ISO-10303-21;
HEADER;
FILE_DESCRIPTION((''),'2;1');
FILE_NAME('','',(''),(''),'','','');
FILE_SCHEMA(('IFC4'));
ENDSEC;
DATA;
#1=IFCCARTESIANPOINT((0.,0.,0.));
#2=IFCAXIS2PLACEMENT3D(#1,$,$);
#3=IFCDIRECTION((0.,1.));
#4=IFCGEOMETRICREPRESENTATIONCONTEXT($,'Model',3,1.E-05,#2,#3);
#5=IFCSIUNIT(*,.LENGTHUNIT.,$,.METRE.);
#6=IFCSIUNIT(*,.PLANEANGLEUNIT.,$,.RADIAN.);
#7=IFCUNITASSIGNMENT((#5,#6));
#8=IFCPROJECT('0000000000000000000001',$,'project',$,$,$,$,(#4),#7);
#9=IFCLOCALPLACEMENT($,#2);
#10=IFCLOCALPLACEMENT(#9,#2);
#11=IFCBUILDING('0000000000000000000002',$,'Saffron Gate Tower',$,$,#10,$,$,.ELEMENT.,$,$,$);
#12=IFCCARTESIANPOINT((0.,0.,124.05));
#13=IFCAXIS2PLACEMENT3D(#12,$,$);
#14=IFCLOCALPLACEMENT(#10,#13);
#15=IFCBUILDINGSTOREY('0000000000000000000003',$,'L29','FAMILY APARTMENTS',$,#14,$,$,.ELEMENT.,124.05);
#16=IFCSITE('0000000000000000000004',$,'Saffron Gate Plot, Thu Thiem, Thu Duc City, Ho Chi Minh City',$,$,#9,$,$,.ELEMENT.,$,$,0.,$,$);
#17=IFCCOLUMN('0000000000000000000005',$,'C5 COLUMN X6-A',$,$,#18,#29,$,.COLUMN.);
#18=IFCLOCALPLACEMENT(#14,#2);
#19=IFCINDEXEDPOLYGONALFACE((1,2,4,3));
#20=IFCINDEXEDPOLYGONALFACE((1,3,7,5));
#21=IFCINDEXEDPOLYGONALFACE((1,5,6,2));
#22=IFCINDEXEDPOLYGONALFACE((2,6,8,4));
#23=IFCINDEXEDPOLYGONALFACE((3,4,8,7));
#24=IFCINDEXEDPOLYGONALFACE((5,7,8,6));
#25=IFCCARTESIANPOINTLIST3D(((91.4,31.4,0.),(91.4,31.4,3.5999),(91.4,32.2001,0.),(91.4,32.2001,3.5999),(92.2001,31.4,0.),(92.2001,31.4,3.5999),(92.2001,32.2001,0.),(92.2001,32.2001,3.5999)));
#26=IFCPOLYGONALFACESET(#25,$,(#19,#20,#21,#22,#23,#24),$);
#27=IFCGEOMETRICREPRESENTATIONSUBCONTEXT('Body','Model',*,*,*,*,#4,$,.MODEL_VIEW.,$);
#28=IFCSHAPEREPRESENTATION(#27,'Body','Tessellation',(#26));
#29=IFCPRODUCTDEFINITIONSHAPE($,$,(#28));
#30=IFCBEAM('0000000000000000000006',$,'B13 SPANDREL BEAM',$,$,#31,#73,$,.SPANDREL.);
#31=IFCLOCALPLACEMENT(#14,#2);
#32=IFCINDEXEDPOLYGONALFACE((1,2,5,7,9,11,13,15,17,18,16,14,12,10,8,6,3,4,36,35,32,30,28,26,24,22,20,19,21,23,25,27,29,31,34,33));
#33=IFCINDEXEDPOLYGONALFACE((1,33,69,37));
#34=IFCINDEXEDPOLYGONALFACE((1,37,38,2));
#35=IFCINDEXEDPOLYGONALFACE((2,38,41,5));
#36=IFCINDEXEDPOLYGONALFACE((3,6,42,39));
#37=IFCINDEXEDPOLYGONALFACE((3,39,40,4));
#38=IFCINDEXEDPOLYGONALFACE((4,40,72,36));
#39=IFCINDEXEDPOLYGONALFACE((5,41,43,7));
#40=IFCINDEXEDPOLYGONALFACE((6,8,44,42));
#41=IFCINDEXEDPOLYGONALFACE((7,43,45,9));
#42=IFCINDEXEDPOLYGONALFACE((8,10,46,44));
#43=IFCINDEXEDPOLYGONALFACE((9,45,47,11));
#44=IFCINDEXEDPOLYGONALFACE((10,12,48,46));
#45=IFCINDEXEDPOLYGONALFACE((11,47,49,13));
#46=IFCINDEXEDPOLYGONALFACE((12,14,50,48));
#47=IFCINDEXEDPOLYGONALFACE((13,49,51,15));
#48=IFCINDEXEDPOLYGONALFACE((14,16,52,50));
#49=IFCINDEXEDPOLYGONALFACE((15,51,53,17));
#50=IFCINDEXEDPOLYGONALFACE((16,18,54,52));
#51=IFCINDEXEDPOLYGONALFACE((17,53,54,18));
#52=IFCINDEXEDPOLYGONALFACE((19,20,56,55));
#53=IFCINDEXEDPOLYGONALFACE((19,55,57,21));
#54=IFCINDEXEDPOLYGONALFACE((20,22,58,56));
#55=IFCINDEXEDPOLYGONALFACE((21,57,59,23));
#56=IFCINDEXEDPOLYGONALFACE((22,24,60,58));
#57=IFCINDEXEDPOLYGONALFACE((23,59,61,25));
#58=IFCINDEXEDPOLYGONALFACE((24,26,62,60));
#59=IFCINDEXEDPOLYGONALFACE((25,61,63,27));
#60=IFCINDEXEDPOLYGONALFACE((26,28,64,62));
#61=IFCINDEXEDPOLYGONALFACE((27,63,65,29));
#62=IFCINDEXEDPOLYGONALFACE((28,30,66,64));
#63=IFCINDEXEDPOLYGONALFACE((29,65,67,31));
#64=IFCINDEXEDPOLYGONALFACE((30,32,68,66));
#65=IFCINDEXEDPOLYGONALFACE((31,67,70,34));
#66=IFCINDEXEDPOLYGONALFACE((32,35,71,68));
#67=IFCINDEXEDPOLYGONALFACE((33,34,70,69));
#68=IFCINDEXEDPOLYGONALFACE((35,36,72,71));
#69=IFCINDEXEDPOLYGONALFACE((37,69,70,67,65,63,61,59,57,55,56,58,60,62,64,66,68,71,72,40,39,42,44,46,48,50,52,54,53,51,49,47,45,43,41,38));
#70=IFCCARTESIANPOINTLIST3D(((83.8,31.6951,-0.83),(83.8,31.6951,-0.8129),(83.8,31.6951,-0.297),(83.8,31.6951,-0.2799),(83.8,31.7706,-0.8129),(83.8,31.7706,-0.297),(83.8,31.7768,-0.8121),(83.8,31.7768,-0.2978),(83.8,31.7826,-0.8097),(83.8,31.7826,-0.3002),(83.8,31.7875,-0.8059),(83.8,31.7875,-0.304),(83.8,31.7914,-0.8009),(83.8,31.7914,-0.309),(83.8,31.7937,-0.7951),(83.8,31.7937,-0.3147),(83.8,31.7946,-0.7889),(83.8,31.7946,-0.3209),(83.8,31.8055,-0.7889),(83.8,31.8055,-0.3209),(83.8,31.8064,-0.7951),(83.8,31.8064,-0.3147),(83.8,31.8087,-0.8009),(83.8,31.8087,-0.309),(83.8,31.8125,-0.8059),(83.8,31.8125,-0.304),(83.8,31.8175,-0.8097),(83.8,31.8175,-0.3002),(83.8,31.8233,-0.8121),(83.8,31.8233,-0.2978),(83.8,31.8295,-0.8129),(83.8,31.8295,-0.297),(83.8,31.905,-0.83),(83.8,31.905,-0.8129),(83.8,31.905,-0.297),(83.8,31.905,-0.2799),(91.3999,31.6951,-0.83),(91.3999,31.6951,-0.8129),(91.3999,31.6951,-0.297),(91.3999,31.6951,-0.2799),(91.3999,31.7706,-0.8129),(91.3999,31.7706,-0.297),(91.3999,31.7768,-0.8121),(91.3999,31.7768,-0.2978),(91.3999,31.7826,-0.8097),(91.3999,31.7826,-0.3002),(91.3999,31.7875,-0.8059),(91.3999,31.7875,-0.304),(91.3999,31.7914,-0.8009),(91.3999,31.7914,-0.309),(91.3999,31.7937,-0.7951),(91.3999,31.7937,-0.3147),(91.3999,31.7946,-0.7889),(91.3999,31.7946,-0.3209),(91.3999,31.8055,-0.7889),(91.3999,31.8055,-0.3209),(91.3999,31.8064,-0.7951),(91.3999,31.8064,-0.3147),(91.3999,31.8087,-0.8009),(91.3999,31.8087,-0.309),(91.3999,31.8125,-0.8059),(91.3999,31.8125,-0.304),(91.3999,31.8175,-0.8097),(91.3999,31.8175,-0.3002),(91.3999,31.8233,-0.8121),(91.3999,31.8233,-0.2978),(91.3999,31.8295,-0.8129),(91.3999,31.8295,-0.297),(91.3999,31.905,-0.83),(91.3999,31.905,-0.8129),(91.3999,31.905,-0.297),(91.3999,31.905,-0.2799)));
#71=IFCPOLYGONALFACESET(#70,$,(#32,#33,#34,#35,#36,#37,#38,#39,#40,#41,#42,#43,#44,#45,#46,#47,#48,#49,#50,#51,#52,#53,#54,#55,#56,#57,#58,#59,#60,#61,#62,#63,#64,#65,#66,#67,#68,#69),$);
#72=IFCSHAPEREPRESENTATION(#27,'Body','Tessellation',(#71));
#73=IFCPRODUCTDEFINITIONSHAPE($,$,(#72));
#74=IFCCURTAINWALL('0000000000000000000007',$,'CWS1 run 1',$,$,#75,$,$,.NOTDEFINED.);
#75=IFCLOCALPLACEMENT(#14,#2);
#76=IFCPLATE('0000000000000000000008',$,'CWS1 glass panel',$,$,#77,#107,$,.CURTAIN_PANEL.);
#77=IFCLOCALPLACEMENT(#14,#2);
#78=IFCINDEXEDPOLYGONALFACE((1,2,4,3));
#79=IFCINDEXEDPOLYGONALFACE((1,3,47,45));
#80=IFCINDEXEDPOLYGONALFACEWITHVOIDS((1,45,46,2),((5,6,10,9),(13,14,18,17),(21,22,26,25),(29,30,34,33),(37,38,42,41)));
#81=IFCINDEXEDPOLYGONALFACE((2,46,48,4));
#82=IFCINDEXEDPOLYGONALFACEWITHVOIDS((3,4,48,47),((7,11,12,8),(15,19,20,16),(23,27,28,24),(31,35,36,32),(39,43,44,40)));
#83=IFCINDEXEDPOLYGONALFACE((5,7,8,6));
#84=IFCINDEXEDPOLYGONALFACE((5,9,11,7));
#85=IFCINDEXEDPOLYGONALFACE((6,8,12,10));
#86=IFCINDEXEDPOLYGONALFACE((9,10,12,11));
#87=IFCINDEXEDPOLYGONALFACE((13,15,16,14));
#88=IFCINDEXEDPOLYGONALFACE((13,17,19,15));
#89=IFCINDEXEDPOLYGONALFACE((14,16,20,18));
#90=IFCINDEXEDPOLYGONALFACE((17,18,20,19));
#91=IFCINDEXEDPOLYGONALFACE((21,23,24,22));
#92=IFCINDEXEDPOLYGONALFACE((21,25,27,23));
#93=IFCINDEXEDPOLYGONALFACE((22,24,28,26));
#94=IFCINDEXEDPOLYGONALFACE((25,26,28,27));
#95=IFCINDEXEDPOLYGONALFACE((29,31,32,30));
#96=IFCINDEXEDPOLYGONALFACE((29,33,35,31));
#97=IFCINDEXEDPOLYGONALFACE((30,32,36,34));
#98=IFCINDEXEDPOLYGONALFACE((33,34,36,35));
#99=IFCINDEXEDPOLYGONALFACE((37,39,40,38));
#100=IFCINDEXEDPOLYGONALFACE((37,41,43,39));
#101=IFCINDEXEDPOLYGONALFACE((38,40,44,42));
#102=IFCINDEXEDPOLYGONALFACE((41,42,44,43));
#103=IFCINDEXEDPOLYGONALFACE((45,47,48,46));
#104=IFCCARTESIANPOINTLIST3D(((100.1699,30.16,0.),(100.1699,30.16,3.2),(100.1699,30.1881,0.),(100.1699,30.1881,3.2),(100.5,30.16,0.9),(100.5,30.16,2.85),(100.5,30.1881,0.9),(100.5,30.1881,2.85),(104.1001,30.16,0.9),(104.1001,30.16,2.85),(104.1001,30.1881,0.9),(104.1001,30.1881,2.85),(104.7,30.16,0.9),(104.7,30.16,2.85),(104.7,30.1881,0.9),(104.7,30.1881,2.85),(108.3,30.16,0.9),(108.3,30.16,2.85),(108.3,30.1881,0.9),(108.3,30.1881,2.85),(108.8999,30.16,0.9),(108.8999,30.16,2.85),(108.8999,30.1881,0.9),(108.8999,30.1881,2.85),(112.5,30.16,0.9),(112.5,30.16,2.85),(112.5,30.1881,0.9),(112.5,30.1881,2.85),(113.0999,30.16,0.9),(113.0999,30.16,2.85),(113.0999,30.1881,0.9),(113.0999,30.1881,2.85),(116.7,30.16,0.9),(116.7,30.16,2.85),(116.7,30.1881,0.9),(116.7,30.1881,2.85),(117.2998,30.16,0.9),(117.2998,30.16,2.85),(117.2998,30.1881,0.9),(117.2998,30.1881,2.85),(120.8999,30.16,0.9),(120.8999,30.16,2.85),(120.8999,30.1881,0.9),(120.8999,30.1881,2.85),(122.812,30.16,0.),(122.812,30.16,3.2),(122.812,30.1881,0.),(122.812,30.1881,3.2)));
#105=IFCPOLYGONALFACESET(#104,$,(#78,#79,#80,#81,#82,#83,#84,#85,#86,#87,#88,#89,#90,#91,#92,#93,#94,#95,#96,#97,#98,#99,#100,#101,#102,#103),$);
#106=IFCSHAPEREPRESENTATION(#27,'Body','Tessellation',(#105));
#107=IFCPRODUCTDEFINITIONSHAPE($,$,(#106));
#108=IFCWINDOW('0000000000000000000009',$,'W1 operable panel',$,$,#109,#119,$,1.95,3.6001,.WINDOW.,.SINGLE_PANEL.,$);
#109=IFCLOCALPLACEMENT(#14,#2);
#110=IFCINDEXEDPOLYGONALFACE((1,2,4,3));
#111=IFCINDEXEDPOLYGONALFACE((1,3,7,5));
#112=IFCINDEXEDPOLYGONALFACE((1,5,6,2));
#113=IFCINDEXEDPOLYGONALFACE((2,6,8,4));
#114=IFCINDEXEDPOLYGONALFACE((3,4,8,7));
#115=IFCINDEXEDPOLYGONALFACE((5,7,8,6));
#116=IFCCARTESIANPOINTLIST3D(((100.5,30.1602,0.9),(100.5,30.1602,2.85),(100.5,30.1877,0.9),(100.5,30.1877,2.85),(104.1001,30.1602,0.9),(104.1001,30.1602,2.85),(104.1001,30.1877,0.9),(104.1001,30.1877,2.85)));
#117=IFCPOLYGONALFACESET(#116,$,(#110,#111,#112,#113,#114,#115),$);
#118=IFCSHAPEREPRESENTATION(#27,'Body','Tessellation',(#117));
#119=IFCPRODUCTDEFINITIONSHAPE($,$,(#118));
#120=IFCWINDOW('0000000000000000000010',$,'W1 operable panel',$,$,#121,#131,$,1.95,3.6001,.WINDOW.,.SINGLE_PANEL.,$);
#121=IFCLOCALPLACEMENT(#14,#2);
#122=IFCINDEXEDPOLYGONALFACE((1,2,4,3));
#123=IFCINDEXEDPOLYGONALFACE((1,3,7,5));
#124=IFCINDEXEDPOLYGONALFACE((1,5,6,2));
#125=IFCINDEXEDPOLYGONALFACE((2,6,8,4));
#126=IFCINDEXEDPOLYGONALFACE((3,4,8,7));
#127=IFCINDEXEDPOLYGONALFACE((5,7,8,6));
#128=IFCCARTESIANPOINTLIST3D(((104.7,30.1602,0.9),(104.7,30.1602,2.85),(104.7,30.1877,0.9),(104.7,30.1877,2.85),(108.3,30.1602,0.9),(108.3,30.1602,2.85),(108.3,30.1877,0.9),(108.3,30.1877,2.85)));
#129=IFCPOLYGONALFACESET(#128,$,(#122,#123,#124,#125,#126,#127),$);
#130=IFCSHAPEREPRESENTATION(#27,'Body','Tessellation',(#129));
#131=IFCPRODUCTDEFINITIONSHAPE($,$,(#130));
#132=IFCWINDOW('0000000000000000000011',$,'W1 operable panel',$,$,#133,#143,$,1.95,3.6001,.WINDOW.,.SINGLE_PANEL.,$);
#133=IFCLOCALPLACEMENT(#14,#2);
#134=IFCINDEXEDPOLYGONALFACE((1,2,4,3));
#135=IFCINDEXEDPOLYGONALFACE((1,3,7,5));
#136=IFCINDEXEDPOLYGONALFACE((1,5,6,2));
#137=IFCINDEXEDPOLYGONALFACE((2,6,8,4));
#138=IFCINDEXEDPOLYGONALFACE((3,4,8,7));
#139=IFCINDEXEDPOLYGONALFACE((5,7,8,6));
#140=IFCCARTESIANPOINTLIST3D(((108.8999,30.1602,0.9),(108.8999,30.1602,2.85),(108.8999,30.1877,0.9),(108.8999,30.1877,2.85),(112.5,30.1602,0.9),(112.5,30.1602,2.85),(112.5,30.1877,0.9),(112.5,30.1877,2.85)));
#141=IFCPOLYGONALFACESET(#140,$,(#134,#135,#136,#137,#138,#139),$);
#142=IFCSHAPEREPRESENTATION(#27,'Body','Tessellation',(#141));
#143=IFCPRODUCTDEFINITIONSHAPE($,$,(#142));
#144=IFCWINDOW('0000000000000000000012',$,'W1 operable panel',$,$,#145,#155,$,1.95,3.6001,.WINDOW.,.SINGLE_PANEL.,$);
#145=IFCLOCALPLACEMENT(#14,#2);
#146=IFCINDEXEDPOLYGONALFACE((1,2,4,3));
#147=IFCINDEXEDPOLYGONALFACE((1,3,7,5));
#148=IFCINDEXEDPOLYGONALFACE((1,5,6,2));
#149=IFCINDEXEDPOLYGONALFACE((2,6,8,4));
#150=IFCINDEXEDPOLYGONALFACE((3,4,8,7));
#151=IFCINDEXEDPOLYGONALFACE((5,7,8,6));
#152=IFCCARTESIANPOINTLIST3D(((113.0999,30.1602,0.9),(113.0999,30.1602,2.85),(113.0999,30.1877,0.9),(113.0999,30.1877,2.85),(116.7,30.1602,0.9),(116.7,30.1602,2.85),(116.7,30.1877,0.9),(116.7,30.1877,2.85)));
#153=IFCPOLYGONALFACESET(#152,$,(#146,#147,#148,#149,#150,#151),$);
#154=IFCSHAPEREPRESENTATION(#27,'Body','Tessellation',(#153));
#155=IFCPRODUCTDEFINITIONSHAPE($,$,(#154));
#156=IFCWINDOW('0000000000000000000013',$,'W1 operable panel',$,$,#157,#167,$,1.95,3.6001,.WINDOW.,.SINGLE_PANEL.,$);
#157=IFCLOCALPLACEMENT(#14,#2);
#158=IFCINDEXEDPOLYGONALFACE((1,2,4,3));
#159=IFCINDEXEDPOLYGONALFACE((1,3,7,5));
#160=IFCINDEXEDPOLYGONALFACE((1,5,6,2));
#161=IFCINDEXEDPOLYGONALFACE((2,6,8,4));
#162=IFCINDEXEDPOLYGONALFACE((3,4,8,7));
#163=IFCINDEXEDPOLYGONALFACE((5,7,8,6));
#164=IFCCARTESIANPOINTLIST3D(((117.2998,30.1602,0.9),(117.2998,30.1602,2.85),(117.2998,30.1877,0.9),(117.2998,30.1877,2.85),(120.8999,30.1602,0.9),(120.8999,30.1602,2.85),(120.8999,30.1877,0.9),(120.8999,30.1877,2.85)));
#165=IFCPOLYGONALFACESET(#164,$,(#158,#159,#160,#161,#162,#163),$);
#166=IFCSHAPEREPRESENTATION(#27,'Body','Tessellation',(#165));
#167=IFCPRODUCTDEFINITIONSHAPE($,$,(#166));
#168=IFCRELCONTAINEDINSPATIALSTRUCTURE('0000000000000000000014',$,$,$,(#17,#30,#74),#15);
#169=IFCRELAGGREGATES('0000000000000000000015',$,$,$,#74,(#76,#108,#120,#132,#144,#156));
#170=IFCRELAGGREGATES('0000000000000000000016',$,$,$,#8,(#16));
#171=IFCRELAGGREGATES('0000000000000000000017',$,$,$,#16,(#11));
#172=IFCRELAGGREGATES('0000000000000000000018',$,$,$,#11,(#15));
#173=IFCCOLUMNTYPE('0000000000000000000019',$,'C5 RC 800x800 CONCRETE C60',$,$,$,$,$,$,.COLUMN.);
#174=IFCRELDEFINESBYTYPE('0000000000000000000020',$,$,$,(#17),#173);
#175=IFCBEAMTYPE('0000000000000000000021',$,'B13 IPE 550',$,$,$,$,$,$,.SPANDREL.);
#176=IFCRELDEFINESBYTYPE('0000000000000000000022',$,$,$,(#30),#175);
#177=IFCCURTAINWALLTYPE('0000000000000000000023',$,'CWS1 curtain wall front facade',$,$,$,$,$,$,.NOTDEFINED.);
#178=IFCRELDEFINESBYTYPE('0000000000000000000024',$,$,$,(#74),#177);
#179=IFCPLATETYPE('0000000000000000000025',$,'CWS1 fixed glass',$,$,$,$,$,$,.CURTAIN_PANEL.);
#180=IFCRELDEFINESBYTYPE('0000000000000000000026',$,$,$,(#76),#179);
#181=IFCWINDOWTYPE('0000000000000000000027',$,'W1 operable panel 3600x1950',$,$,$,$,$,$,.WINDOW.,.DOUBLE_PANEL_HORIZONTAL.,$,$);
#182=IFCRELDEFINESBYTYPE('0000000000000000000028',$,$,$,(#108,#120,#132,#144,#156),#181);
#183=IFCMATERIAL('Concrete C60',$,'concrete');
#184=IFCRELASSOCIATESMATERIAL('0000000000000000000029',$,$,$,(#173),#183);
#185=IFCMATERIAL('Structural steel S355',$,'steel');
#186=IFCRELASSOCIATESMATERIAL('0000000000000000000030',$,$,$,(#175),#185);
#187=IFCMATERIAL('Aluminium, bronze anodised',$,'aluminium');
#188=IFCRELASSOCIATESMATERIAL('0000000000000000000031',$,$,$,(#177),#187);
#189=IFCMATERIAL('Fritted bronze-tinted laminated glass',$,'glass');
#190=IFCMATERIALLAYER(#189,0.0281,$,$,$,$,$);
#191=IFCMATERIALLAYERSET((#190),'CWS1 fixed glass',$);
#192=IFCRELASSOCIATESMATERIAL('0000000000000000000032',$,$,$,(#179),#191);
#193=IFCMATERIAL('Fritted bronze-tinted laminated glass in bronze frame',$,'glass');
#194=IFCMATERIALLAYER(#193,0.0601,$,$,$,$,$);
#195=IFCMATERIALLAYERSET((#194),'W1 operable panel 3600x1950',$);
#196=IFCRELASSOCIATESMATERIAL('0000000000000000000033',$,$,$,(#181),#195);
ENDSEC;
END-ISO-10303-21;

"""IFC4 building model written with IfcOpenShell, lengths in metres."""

from ifc_helpers import new_model, si_unit, direction, frame, frame_2d, origin, origin_2d, place, context, subcontext, project, spatial, rectangle, i_section, extrude, material, layer, layer_set, material_profile, profile_set, type_object, element, fill, aggregate, save


model = new_model("IFC4")

# Units and contexts
model_context = context("Model", 3, precision=1e-05, world=origin(), true_north=direction((0.0, 1.0)))
body_context = subcontext(model_context, "Body", "Model", "MODEL_VIEW")
ifc_project = project(units=[si_unit("LENGTHUNIT", "METRE"), si_unit("PLANEANGLEUNIT", "RADIAN")], contexts=[model_context])

# Site, building, storey
site_placement = place(None, origin())
site = spatial("IfcSite", under=ifc_project, at=site_placement, Name="Saffron Gate Plot, Thu Thiem, Thu Duc City, Ho Chi Minh City", CompositionType="ELEMENT", RefElevation=0.0)
building_placement = place(site_placement, origin())
building = spatial("IfcBuilding", under=site, at=building_placement, Name="Saffron Gate Tower", CompositionType="ELEMENT")
storey_placement = place(building_placement, frame((0.0, 0.0, 124.05)))
storey = spatial("IfcBuildingStorey", under=building, at=storey_placement, Name="L29", Description="FAMILY APARTMENTS", CompositionType="ELEMENT", Elevation=124.05)

# Column
ifc_material_1 = material(Name="Concrete C60", Category="concrete")
ifc_material_profile_1 = material_profile(ifc_material_1, rectangle(XDim=0.8, YDim=0.8, at=origin_2d()))
ifc_profile_set_1 = profile_set([ifc_material_profile_1], Name="Concrete C60")
column_type = type_object("IfcColumnType", Name="C5 RC 800x800 CONCRETE C60", PredefinedType="COLUMN", material=ifc_profile_set_1)
column_placement = place(storey_placement, frame((91.8, 31.8, 0.0), z_axis=(0.0, 0.0, 1.0), x_axis=(1.0, 0.0, 0.0)))
element("IfcColumn", 1, at=column_placement, inside=storey, type_object=column_type, Name="C5 COLUMN X6-A", PredefinedType="COLUMN", context=body_context, shape_type="SweptSolid", body=[
    extrude(rectangle(XDim=0.8, YDim=0.8, at=origin_2d()), origin(), (0.0, 0.0, 1.0), 3.5999),
])

# Beam
ifc_material_2 = material(Name="Structural steel S355", Category="steel")
ifc_material_profile_2 = material_profile(ifc_material_2, i_section(OverallWidth=0.21, OverallDepth=0.55, WebThickness=0.011, FlangeThickness=0.0171, FilletRadius=0.0239, at=origin_2d()))
ifc_profile_set_2 = profile_set([ifc_material_profile_2], Name="Structural steel S355")
beam_type = type_object("IfcBeamType", Name="B13 IPE 550", PredefinedType="SPANDREL", material=ifc_profile_set_2)
beam_placement = place(storey_placement, frame((83.8, 31.8, -0.5549), z_axis=(1.0, 0.0, 0.0), x_axis=(0.0, 1.0, 0.0)))
element("IfcBeam", 2, at=beam_placement, inside=storey, type_object=beam_type, Name="B13 SPANDREL BEAM", PredefinedType="SPANDREL", context=body_context, shape_type="SweptSolid", body=[
    extrude(i_section(OverallWidth=0.21, OverallDepth=0.55, WebThickness=0.011, FlangeThickness=0.0171, FilletRadius=0.0239, at=origin_2d()), origin(), (0.0, 0.0, 1.0), 7.5999),
])

# Curtain wall, plate, openings, windows
ifc_material_3 = material(Name="Aluminium, bronze anodised", Category="aluminium")
curtain_wall_type = type_object("IfcCurtainWallType", Name="CWS1 curtain wall front facade", PredefinedType="NOTDEFINED", material=ifc_material_3)
curtain_wall_placement = place(storey_placement, origin())
curtain_wall = element("IfcCurtainWall", 3, at=curtain_wall_placement, inside=storey, type_object=curtain_wall_type, Name="CWS1 run 1", PredefinedType="NOTDEFINED")
ifc_material_4 = material(Name="Fritted bronze-tinted laminated glass", Category="glass")
ifc_layer_1 = layer(ifc_material_4, 0.0281)
ifc_layer_set_1 = layer_set([ifc_layer_1], Name="CWS1 fixed glass")
plate_type = type_object("IfcPlateType", Name="CWS1 fixed glass", PredefinedType="CURTAIN_PANEL", material=ifc_layer_set_1)
plate_placement = place(storey_placement, frame((100.1699, 30.1741, 0.0), z_axis=(0.0, 0.0, 1.0), x_axis=(1.0, 0.0, 0.0)))
plate = element("IfcPlate", 4, at=plate_placement, type_object=plate_type, Name="CWS1 glass panel", PredefinedType="CURTAIN_PANEL", context=body_context, shape_type="SweptSolid", body=[
    extrude(rectangle(XDim=22.6421, YDim=0.0281, at=frame_2d((11.321, 0.0))), origin(), (0.0, 0.0, 1.0), 3.2),
])
opening_1_placement = place(plate_placement, frame((0.3301, 0.0, 0.8999)))
opening_1 = element("IfcOpeningElement", 5, at=opening_1_placement, cuts=plate, PredefinedType="OPENING", context=body_context, shape_type="SweptSolid", body=[
    extrude(rectangle(XDim=3.6001, YDim=1.95, at=frame_2d((1.8, 0.9751))), frame((0.0, 0.0239, 0.0), z_axis=(0.0, -1.0, 0.0), x_axis=(1.0, 0.0, 0.0)), (0.0, 0.0, 1.0), 0.0481),
])
opening_2_placement = place(plate_placement, frame((4.53, 0.0, 0.8999)))
opening_2 = element("IfcOpeningElement", 6, at=opening_2_placement, cuts=plate, PredefinedType="OPENING", context=body_context, shape_type="SweptSolid", body=[
    extrude(rectangle(XDim=3.6001, YDim=1.95, at=frame_2d((1.8, 0.9751))), frame((0.0, 0.0239, 0.0), z_axis=(0.0, -1.0, 0.0), x_axis=(1.0, 0.0, 0.0)), (0.0, 0.0, 1.0), 0.0481),
])
opening_3_placement = place(plate_placement, frame((8.73, 0.0, 0.8999)))
opening_3 = element("IfcOpeningElement", 7, at=opening_3_placement, cuts=plate, PredefinedType="OPENING", context=body_context, shape_type="SweptSolid", body=[
    extrude(rectangle(XDim=3.6001, YDim=1.95, at=frame_2d((1.8, 0.9751))), frame((0.0, 0.0239, 0.0), z_axis=(0.0, -1.0, 0.0), x_axis=(1.0, 0.0, 0.0)), (0.0, 0.0, 1.0), 0.0481),
])
opening_4_placement = place(plate_placement, frame((12.9299, 0.0, 0.8999)))
opening_4 = element("IfcOpeningElement", 8, at=opening_4_placement, cuts=plate, PredefinedType="OPENING", context=body_context, shape_type="SweptSolid", body=[
    extrude(rectangle(XDim=3.6001, YDim=1.95, at=frame_2d((1.8, 0.9751))), frame((0.0, 0.0239, 0.0), z_axis=(0.0, -1.0, 0.0), x_axis=(1.0, 0.0, 0.0)), (0.0, 0.0, 1.0), 0.0481),
])
opening_5_placement = place(plate_placement, frame((17.1299, 0.0, 0.8999)))
opening_5 = element("IfcOpeningElement", 9, at=opening_5_placement, cuts=plate, PredefinedType="OPENING", context=body_context, shape_type="SweptSolid", body=[
    extrude(rectangle(XDim=3.6001, YDim=1.95, at=frame_2d((1.8, 0.9751))), frame((0.0, 0.0239, 0.0), z_axis=(0.0, -1.0, 0.0), x_axis=(1.0, 0.0, 0.0)), (0.0, 0.0, 1.0), 0.0481),
])
ifc_material_5 = material(Name="Fritted bronze-tinted laminated glass in bronze frame", Category="glass")
ifc_layer_2 = layer(ifc_material_5, 0.0601)
ifc_layer_set_2 = layer_set([ifc_layer_2], Name="W1 operable panel 3600x1950")
window_type = type_object("IfcWindowType", Name="W1 operable panel 3600x1950", PartitioningType="DOUBLE_PANEL_HORIZONTAL", PredefinedType="WINDOW", material=ifc_layer_set_2)
window_1_placement = place(opening_1_placement, origin())
window_1 = element("IfcWindow", 10, at=window_1_placement, type_object=window_type, Name="W1 operable panel", OverallHeight=1.95, OverallWidth=3.6001, PartitioningType="SINGLE_PANEL", PredefinedType="WINDOW", context=body_context, shape_type="SweptSolid", body=[
    extrude(rectangle(XDim=3.6001, YDim=1.95, at=frame_2d((1.8, 0.9751))), frame((0.0, 0.0137, 0.0), z_axis=(0.0, -1.0, 0.0), x_axis=(1.0, 0.0, 0.0)), (0.0, 0.0, 1.0), 0.0276),
])
fill(opening_1, window_1)
window_2_placement = place(opening_2_placement, origin())
window_2 = element("IfcWindow", 11, at=window_2_placement, type_object=window_type, Name="W1 operable panel", OverallHeight=1.95, OverallWidth=3.6001, PartitioningType="SINGLE_PANEL", PredefinedType="WINDOW", context=body_context, shape_type="SweptSolid", body=[
    extrude(rectangle(XDim=3.6001, YDim=1.95, at=frame_2d((1.8, 0.9751))), frame((0.0, 0.0137, 0.0), z_axis=(0.0, -1.0, 0.0), x_axis=(1.0, 0.0, 0.0)), (0.0, 0.0, 1.0), 0.0276),
])
fill(opening_2, window_2)
window_3_placement = place(opening_3_placement, origin())
window_3 = element("IfcWindow", 12, at=window_3_placement, type_object=window_type, Name="W1 operable panel", OverallHeight=1.95, OverallWidth=3.6001, PartitioningType="SINGLE_PANEL", PredefinedType="WINDOW", context=body_context, shape_type="SweptSolid", body=[
    extrude(rectangle(XDim=3.6001, YDim=1.95, at=frame_2d((1.8, 0.9751))), frame((0.0, 0.0137, 0.0), z_axis=(0.0, -1.0, 0.0), x_axis=(1.0, 0.0, 0.0)), (0.0, 0.0, 1.0), 0.0276),
])
fill(opening_3, window_3)
window_4_placement = place(opening_4_placement, origin())
window_4 = element("IfcWindow", 13, at=window_4_placement, type_object=window_type, Name="W1 operable panel", OverallHeight=1.95, OverallWidth=3.6001, PartitioningType="SINGLE_PANEL", PredefinedType="WINDOW", context=body_context, shape_type="SweptSolid", body=[
    extrude(rectangle(XDim=3.6001, YDim=1.95, at=frame_2d((1.8, 0.9751))), frame((0.0, 0.0137, 0.0), z_axis=(0.0, -1.0, 0.0), x_axis=(1.0, 0.0, 0.0)), (0.0, 0.0, 1.0), 0.0276),
])
fill(opening_4, window_4)
window_5_placement = place(opening_5_placement, origin())
window_5 = element("IfcWindow", 14, at=window_5_placement, type_object=window_type, Name="W1 operable panel", OverallHeight=1.95, OverallWidth=3.6001, PartitioningType="SINGLE_PANEL", PredefinedType="WINDOW", context=body_context, shape_type="SweptSolid", body=[
    extrude(rectangle(XDim=3.6001, YDim=1.95, at=frame_2d((1.8, 0.9751))), frame((0.0, 0.0137, 0.0), z_axis=(0.0, -1.0, 0.0), x_axis=(1.0, 0.0, 0.0)), (0.0, 0.0, 1.0), 0.0276),
])
fill(opening_5, window_5)
aggregate(curtain_wall, [plate, window_1, window_2, window_3, window_4, window_5])

save(model, "model.ifc")
